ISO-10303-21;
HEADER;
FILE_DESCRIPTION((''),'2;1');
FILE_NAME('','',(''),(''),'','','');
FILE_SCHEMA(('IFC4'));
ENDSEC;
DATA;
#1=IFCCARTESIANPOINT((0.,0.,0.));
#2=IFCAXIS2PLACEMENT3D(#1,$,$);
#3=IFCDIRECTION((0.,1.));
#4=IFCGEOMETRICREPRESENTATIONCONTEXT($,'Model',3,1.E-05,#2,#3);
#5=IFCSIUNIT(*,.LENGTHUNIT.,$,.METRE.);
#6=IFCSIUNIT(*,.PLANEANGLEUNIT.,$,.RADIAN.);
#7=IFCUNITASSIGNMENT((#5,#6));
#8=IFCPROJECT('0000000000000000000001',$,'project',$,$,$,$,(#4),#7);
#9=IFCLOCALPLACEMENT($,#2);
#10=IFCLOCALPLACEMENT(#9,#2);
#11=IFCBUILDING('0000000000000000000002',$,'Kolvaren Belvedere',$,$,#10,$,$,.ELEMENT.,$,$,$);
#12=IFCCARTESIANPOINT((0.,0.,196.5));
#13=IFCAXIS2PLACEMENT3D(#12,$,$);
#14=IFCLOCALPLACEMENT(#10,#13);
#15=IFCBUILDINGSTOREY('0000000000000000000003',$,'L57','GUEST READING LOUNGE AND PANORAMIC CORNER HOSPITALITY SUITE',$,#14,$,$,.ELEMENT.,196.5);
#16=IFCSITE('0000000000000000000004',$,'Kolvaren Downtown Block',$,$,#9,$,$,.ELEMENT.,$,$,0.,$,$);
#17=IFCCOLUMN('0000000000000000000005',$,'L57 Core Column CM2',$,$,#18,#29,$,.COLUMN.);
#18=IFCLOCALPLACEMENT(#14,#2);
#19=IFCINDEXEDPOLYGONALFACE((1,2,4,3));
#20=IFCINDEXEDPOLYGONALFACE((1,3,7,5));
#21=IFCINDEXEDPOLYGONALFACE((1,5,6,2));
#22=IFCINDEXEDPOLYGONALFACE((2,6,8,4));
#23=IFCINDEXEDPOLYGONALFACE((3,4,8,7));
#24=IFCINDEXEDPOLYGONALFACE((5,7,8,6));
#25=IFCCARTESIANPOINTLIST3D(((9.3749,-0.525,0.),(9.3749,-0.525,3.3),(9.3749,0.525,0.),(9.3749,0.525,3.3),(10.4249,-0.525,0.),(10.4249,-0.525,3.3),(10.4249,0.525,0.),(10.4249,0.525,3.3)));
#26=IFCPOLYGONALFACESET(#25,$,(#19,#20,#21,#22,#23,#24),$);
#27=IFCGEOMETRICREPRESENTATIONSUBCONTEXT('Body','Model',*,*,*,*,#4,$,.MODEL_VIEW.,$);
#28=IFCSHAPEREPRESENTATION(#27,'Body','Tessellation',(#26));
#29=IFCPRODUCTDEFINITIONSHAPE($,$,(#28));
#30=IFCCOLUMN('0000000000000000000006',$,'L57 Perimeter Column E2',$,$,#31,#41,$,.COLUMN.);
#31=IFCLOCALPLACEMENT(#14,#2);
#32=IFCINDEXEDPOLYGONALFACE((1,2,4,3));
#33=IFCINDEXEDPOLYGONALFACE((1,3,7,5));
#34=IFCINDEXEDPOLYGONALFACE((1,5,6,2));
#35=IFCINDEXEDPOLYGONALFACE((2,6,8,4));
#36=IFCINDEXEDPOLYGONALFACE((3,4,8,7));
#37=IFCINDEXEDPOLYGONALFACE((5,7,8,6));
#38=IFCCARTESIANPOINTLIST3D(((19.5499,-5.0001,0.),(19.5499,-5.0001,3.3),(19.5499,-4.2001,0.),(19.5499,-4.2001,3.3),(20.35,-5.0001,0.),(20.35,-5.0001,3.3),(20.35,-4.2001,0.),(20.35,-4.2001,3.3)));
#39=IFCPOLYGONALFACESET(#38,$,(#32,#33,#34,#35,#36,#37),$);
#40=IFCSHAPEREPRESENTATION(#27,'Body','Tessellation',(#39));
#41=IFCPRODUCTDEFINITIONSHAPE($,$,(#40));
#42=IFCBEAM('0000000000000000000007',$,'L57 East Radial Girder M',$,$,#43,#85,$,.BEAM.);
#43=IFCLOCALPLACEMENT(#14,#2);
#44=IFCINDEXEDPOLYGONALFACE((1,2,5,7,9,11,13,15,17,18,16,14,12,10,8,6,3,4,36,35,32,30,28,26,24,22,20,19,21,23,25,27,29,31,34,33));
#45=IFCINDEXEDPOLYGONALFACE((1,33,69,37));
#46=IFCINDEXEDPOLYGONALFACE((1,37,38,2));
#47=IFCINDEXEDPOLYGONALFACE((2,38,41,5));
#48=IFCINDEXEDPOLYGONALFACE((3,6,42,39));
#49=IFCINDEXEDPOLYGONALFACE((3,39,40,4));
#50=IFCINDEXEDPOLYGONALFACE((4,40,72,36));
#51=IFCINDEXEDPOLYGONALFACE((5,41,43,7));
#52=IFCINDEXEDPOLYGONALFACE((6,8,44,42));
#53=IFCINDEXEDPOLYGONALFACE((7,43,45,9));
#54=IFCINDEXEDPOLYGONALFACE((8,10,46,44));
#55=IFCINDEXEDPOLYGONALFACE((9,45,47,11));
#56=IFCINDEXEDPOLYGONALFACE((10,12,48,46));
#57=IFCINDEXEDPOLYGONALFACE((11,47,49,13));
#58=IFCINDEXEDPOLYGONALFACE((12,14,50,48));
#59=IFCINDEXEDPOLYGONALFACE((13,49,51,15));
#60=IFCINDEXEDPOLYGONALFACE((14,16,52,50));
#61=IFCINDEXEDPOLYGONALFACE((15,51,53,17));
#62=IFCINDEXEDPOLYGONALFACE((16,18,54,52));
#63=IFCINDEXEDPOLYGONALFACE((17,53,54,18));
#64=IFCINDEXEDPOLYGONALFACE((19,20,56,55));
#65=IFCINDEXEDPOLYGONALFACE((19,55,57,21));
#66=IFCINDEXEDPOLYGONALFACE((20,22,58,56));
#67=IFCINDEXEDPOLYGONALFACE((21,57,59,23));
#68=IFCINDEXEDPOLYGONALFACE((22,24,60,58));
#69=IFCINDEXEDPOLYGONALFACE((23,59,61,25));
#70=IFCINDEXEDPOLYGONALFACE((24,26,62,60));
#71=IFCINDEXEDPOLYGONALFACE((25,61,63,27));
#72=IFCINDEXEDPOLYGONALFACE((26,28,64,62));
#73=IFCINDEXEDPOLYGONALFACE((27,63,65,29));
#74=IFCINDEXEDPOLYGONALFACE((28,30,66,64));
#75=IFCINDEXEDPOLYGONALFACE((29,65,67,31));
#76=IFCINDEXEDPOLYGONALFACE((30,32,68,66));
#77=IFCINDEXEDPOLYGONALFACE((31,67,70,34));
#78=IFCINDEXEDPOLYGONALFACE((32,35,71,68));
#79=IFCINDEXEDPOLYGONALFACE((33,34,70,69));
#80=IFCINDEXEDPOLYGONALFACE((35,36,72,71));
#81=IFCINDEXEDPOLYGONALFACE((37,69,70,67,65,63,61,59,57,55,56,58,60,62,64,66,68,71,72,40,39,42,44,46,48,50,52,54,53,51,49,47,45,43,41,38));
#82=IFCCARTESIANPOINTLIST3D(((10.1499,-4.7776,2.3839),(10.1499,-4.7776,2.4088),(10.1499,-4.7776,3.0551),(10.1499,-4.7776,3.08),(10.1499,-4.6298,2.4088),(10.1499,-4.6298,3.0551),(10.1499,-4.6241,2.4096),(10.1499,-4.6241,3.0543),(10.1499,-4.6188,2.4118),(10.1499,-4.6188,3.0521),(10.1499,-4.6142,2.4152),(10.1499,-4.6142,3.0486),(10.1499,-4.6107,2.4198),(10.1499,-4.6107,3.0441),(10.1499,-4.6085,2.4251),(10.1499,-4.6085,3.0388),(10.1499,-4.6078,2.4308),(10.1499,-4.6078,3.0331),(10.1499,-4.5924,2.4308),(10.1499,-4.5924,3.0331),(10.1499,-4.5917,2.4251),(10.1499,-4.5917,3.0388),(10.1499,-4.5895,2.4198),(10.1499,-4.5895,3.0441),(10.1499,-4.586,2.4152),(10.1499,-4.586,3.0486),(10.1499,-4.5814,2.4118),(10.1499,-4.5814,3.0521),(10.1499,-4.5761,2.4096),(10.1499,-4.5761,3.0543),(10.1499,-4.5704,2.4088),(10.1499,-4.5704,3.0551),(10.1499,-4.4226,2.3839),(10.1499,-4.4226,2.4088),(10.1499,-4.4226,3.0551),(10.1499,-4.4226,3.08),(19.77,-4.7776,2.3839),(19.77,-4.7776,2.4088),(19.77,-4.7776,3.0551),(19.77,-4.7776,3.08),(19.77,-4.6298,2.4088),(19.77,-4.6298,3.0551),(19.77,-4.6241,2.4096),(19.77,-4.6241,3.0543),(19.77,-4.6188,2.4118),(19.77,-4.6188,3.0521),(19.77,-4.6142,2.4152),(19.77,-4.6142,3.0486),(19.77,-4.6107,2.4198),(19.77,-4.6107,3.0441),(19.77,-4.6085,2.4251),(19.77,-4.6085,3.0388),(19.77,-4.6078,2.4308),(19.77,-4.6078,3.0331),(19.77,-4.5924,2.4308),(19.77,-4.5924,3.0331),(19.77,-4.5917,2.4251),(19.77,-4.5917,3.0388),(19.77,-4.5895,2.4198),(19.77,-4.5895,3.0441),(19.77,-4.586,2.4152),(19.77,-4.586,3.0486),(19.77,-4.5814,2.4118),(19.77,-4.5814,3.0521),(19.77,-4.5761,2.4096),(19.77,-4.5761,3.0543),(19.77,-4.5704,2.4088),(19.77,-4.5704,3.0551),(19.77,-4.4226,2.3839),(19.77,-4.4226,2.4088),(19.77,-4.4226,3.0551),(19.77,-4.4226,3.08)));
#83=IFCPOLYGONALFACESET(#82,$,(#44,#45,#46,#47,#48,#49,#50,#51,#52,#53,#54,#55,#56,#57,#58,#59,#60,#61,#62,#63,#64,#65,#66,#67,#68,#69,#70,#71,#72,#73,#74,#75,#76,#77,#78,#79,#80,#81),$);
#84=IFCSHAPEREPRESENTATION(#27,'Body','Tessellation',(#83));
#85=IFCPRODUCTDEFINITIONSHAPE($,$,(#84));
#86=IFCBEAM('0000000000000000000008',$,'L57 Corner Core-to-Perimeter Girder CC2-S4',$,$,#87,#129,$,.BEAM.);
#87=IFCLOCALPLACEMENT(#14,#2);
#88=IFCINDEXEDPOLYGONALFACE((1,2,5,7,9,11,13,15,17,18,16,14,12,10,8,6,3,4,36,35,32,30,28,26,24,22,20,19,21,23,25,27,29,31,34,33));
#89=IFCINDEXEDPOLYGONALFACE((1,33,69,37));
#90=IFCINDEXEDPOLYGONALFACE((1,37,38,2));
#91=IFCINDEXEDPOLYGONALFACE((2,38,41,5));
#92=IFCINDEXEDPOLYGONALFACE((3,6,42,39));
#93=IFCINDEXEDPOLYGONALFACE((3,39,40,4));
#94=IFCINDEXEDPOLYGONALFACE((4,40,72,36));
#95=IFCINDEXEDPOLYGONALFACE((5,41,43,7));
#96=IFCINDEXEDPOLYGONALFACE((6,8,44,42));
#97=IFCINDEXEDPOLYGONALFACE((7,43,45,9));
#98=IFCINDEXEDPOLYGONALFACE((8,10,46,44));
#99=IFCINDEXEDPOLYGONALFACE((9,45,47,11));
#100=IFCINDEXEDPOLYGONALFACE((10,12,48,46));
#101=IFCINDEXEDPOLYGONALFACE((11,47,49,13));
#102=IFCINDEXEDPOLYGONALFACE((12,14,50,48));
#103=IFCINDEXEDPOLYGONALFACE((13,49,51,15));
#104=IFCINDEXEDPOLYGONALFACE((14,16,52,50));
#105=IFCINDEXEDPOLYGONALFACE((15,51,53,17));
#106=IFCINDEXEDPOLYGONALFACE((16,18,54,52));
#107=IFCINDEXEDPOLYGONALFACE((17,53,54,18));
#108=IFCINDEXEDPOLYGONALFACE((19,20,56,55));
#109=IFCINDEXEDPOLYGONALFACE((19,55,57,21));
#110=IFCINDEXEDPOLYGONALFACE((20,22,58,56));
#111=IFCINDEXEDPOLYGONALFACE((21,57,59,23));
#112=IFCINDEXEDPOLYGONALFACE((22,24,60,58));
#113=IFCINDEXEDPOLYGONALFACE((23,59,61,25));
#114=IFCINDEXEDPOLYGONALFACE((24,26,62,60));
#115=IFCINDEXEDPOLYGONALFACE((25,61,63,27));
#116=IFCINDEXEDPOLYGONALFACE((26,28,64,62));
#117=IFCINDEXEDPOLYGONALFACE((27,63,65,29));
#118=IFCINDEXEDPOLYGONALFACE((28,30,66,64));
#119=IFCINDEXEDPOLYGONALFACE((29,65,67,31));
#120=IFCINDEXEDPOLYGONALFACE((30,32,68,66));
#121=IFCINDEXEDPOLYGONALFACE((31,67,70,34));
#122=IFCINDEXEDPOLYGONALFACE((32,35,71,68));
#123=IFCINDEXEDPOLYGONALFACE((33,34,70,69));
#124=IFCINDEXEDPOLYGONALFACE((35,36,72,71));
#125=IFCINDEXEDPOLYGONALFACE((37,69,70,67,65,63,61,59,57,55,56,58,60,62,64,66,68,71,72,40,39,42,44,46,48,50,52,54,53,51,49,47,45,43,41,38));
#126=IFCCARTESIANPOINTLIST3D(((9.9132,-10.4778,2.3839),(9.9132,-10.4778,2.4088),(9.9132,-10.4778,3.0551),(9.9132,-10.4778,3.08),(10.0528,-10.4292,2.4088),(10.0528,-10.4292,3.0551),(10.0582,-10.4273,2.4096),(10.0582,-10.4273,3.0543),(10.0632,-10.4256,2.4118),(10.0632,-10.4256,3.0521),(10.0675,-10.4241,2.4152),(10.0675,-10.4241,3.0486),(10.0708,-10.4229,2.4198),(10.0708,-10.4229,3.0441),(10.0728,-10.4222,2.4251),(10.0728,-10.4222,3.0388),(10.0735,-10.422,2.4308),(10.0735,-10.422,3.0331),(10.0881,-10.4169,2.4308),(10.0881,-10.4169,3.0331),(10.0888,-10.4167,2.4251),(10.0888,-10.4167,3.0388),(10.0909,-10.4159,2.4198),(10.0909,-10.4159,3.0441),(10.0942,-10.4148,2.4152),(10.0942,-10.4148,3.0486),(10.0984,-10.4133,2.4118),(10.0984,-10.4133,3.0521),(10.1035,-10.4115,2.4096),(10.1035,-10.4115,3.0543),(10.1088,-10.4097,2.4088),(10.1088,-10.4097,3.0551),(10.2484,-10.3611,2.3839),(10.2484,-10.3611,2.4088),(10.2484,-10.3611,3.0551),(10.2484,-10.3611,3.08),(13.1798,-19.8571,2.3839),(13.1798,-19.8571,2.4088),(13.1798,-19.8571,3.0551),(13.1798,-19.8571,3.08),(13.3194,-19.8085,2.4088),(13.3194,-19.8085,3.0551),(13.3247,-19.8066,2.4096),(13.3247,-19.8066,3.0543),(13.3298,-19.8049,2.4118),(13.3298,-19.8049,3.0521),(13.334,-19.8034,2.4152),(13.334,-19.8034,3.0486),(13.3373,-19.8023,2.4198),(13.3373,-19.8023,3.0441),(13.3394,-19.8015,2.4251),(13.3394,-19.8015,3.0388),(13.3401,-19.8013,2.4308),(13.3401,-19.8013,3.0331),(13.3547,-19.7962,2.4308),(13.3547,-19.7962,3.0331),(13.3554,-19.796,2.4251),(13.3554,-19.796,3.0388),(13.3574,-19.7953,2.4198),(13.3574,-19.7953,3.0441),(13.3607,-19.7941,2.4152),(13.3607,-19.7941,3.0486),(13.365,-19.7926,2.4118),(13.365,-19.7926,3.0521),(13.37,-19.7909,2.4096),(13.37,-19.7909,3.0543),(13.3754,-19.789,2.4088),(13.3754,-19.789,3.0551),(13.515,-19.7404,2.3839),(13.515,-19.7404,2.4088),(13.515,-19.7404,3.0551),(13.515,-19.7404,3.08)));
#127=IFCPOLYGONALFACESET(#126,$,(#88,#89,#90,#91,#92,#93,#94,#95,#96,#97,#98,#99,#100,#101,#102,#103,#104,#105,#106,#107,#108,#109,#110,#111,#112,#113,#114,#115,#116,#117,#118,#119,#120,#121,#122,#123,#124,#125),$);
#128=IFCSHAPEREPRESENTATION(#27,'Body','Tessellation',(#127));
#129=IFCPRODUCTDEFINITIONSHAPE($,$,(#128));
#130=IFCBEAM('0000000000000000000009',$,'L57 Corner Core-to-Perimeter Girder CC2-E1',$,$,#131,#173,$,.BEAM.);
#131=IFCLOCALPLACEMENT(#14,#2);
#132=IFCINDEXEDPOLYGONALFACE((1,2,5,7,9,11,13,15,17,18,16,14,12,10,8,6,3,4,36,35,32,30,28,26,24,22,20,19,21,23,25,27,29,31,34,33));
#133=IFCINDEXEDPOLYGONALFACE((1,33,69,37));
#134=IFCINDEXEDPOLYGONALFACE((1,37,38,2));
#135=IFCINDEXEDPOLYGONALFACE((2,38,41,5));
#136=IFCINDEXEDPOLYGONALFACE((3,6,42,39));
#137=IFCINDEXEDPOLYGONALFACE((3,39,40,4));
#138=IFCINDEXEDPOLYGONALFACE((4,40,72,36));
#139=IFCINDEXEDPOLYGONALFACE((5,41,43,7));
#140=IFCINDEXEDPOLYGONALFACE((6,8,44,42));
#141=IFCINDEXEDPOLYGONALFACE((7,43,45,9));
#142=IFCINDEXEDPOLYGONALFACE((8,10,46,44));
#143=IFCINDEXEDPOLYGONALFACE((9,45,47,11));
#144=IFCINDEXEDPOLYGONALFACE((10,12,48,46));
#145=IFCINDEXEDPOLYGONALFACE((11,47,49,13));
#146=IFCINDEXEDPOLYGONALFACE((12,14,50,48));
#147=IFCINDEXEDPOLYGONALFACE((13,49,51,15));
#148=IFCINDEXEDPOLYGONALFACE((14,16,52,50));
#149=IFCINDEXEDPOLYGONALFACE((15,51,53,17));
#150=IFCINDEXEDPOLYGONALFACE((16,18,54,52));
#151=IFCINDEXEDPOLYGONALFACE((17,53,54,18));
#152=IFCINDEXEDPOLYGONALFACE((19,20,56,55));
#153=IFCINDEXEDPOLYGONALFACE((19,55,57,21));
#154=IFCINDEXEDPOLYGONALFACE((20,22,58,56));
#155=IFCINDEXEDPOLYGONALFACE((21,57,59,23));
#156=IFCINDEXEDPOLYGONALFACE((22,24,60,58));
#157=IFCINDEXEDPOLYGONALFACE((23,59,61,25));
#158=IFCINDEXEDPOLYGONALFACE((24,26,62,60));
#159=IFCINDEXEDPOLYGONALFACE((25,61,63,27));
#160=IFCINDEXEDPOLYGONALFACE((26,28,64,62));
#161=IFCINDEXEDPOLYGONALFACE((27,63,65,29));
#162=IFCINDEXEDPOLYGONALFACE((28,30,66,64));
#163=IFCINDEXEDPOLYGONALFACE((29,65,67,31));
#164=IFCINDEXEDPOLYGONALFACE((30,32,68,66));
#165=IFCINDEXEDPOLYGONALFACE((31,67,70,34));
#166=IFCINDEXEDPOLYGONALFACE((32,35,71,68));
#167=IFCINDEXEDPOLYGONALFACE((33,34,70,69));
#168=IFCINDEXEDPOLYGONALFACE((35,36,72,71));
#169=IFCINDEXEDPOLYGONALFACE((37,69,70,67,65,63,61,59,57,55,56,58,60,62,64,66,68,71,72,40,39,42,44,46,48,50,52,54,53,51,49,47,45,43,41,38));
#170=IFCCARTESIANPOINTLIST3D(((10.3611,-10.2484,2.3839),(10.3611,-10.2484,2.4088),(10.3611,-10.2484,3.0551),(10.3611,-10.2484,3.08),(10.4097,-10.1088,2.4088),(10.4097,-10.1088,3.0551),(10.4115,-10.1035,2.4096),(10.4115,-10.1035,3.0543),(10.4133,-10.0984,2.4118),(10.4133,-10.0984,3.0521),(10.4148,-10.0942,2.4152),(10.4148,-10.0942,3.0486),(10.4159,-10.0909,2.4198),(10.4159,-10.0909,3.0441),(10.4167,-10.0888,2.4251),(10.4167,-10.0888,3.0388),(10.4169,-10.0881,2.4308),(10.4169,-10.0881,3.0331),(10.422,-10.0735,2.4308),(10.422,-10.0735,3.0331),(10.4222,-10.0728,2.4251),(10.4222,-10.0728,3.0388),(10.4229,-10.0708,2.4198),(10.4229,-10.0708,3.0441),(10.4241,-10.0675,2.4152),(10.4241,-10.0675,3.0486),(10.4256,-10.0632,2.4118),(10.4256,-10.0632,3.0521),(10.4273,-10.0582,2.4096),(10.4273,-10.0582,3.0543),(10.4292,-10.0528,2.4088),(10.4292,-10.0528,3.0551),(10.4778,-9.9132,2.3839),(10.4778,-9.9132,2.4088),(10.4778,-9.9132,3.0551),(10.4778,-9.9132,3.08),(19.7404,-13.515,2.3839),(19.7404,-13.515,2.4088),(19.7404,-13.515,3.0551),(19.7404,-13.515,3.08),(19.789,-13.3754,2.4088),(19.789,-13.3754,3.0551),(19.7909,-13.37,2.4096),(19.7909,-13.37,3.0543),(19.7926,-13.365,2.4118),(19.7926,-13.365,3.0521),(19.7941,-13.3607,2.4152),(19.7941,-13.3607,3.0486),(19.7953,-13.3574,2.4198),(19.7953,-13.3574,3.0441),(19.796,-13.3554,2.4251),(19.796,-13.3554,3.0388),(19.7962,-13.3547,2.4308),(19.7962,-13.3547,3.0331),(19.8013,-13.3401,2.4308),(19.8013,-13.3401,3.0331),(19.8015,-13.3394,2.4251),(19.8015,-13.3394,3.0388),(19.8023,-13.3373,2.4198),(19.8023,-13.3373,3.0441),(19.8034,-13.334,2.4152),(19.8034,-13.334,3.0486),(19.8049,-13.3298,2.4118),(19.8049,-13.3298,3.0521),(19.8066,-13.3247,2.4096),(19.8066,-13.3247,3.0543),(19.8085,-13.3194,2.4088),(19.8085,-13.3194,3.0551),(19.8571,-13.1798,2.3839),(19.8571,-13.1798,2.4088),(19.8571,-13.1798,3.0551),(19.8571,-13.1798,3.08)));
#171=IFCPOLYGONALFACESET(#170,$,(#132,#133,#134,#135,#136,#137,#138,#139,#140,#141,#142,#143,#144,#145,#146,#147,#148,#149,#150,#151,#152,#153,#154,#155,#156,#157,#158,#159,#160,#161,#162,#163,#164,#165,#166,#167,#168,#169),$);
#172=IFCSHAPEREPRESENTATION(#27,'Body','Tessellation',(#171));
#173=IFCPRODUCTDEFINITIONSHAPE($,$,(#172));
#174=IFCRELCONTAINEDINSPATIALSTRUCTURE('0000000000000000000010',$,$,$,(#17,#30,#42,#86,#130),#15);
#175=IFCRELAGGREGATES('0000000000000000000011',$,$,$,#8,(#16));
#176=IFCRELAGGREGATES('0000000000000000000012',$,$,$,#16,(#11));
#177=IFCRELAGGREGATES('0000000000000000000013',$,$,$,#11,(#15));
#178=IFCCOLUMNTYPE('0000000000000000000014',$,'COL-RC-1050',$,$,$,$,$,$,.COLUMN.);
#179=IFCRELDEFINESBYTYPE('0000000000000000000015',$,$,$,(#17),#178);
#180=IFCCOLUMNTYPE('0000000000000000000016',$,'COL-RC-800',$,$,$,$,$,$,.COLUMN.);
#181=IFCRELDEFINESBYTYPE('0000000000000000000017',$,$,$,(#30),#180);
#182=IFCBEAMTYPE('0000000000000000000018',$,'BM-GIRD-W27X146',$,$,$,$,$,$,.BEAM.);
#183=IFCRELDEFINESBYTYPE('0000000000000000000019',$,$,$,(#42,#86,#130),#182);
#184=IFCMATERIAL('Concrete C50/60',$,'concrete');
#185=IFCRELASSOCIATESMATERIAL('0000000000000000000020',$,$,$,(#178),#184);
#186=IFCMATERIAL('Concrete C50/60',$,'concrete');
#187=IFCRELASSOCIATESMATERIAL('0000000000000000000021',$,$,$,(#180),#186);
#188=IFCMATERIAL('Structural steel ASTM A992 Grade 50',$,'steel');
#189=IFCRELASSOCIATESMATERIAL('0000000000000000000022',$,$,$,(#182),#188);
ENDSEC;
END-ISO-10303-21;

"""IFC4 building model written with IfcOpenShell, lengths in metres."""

from ifc_helpers import new_model, si_unit, direction, frame, origin, origin_2d, place, context, subcontext, project, spatial, rectangle, i_section, extrude, material, material_profile, profile_set, type_object, element, save


model = new_model("IFC4")

# Units and contexts
model_context = context("Model", 3, precision=1e-05, world=origin(), true_north=direction((0.0, 1.0)))
body_context = subcontext(model_context, "Body", "Model", "MODEL_VIEW")
ifc_project = project(units=[si_unit("LENGTHUNIT", "METRE"), si_unit("PLANEANGLEUNIT", "RADIAN")], contexts=[model_context])

# Site, building, storey
site_placement = place(None, origin())
site = spatial("IfcSite", under=ifc_project, at=site_placement, Name="Kolvaren Downtown Block", CompositionType="ELEMENT", RefElevation=0.0)
building_placement = place(site_placement, origin())
building = spatial("IfcBuilding", under=site, at=building_placement, Name="Kolvaren Belvedere", CompositionType="ELEMENT")
storey_placement = place(building_placement, frame((0.0, 0.0, 196.5)))
storey = spatial("IfcBuildingStorey", under=building, at=storey_placement, Name="L57", Description="GUEST READING LOUNGE AND PANORAMIC CORNER HOSPITALITY SUITE", CompositionType="ELEMENT", Elevation=196.5)

# Columns
ifc_material_1 = material(Name="Concrete C50/60", Category="concrete")
ifc_material_profile_1 = material_profile(ifc_material_1, rectangle(XDim=1.05, YDim=1.05, at=origin_2d()), Name="RC 1050X1050")
ifc_profile_set_1 = profile_set([ifc_material_profile_1], Name="Concrete C50/60")
column_type_1 = type_object("IfcColumnType", Name="COL-RC-1050", PredefinedType="COLUMN", material=ifc_profile_set_1)
column_1_placement = place(storey_placement, frame((9.8999, 0.0, 0.0), z_axis=(0.0, 0.0, 1.0), x_axis=(1.0, 0.0, 0.0)))
element("IfcColumn", 1, at=column_1_placement, inside=storey, type_object=column_type_1, Name="L57 Core Column CM2", PredefinedType="COLUMN", context=body_context, shape_type="SweptSolid", body=[
    extrude(rectangle(XDim=1.05, YDim=1.05, at=origin_2d()), origin(), (0.0, 0.0, 1.0), 3.3),
])
ifc_material_2 = material(Name="Concrete C50/60", Category="concrete")
ifc_material_profile_2 = material_profile(ifc_material_2, rectangle(XDim=0.8, YDim=0.8, at=origin_2d()), Name="RC 800X800")
ifc_profile_set_2 = profile_set([ifc_material_profile_2], Name="Concrete C50/60")
column_type_2 = type_object("IfcColumnType", Name="COL-RC-800", PredefinedType="COLUMN", material=ifc_profile_set_2)
column_2_placement = place(storey_placement, frame((19.95, -4.6001, 0.0), z_axis=(0.0, 0.0, 1.0), x_axis=(1.0, 0.0, 0.0)))
element("IfcColumn", 2, at=column_2_placement, inside=storey, type_object=column_type_2, Name="L57 Perimeter Column E2", PredefinedType="COLUMN", context=body_context, shape_type="SweptSolid", body=[
    extrude(rectangle(XDim=0.8, YDim=0.8, at=origin_2d()), origin(), (0.0, 0.0, 1.0), 3.3),
])

# Beams
ifc_material_3 = material(Name="Structural steel ASTM A992 Grade 50", Category="steel")
ifc_material_profile_3 = material_profile(ifc_material_3, i_section(OverallWidth=0.355, OverallDepth=0.696, WebThickness=0.0154, FlangeThickness=0.0249, FilletRadius=0.022, at=origin_2d()), Name="W27X146")
ifc_profile_set_3 = profile_set([ifc_material_profile_3], Name="Structural steel ASTM A992 Grade 50")
beam_type_1 = type_object("IfcBeamType", Name="BM-GIRD-W27X146", PredefinedType="BEAM", material=ifc_profile_set_3)
beam_1_placement = place(storey_placement, frame((10.1499, -4.6001, 2.7319), z_axis=(1.0, 0.0, 0.0), x_axis=(0.0, 1.0, 0.0)))
element("IfcBeam", 3, at=beam_1_placement, inside=storey, type_object=beam_type_1, Name="L57 East Radial Girder M", PredefinedType="BEAM", context=body_context, shape_type="SweptSolid", body=[
    extrude(i_section(OverallWidth=0.355, OverallDepth=0.696, WebThickness=0.0154, FlangeThickness=0.0249, FilletRadius=0.022, at=origin_2d()), origin(), (0.0, 0.0, 1.0), 9.6201),
])
for number, where, z_axis, x_axis, name in (
    (4, (10.0808, -10.4194, 2.7319), (0.328898, -0.944365, 0.0), (0.944365, 0.328898, 0.0), "L57 Corner Core-to-Perimeter Girder CC2-S4"),
    (5, (10.4194, -10.0808, 2.7319), (0.944365, -0.328898, 0.0), (0.328898, 0.944365, 0.0), "L57 Corner Core-to-Perimeter Girder CC2-E1"),
):
    element("IfcBeam", number, at=place(storey_placement, frame(where, z_axis=z_axis, x_axis=x_axis)), inside=storey, type_object=beam_type_1, Name=name, PredefinedType="BEAM", context=body_context, shape_type="SweptSolid", body=[
        extrude(i_section(OverallWidth=0.355, OverallDepth=0.696, WebThickness=0.0154, FlangeThickness=0.0249, FilletRadius=0.022, at=origin_2d()), origin(), (0.0, 0.0, 1.0), 9.9319),
    ])

save(model, "model.ifc")
